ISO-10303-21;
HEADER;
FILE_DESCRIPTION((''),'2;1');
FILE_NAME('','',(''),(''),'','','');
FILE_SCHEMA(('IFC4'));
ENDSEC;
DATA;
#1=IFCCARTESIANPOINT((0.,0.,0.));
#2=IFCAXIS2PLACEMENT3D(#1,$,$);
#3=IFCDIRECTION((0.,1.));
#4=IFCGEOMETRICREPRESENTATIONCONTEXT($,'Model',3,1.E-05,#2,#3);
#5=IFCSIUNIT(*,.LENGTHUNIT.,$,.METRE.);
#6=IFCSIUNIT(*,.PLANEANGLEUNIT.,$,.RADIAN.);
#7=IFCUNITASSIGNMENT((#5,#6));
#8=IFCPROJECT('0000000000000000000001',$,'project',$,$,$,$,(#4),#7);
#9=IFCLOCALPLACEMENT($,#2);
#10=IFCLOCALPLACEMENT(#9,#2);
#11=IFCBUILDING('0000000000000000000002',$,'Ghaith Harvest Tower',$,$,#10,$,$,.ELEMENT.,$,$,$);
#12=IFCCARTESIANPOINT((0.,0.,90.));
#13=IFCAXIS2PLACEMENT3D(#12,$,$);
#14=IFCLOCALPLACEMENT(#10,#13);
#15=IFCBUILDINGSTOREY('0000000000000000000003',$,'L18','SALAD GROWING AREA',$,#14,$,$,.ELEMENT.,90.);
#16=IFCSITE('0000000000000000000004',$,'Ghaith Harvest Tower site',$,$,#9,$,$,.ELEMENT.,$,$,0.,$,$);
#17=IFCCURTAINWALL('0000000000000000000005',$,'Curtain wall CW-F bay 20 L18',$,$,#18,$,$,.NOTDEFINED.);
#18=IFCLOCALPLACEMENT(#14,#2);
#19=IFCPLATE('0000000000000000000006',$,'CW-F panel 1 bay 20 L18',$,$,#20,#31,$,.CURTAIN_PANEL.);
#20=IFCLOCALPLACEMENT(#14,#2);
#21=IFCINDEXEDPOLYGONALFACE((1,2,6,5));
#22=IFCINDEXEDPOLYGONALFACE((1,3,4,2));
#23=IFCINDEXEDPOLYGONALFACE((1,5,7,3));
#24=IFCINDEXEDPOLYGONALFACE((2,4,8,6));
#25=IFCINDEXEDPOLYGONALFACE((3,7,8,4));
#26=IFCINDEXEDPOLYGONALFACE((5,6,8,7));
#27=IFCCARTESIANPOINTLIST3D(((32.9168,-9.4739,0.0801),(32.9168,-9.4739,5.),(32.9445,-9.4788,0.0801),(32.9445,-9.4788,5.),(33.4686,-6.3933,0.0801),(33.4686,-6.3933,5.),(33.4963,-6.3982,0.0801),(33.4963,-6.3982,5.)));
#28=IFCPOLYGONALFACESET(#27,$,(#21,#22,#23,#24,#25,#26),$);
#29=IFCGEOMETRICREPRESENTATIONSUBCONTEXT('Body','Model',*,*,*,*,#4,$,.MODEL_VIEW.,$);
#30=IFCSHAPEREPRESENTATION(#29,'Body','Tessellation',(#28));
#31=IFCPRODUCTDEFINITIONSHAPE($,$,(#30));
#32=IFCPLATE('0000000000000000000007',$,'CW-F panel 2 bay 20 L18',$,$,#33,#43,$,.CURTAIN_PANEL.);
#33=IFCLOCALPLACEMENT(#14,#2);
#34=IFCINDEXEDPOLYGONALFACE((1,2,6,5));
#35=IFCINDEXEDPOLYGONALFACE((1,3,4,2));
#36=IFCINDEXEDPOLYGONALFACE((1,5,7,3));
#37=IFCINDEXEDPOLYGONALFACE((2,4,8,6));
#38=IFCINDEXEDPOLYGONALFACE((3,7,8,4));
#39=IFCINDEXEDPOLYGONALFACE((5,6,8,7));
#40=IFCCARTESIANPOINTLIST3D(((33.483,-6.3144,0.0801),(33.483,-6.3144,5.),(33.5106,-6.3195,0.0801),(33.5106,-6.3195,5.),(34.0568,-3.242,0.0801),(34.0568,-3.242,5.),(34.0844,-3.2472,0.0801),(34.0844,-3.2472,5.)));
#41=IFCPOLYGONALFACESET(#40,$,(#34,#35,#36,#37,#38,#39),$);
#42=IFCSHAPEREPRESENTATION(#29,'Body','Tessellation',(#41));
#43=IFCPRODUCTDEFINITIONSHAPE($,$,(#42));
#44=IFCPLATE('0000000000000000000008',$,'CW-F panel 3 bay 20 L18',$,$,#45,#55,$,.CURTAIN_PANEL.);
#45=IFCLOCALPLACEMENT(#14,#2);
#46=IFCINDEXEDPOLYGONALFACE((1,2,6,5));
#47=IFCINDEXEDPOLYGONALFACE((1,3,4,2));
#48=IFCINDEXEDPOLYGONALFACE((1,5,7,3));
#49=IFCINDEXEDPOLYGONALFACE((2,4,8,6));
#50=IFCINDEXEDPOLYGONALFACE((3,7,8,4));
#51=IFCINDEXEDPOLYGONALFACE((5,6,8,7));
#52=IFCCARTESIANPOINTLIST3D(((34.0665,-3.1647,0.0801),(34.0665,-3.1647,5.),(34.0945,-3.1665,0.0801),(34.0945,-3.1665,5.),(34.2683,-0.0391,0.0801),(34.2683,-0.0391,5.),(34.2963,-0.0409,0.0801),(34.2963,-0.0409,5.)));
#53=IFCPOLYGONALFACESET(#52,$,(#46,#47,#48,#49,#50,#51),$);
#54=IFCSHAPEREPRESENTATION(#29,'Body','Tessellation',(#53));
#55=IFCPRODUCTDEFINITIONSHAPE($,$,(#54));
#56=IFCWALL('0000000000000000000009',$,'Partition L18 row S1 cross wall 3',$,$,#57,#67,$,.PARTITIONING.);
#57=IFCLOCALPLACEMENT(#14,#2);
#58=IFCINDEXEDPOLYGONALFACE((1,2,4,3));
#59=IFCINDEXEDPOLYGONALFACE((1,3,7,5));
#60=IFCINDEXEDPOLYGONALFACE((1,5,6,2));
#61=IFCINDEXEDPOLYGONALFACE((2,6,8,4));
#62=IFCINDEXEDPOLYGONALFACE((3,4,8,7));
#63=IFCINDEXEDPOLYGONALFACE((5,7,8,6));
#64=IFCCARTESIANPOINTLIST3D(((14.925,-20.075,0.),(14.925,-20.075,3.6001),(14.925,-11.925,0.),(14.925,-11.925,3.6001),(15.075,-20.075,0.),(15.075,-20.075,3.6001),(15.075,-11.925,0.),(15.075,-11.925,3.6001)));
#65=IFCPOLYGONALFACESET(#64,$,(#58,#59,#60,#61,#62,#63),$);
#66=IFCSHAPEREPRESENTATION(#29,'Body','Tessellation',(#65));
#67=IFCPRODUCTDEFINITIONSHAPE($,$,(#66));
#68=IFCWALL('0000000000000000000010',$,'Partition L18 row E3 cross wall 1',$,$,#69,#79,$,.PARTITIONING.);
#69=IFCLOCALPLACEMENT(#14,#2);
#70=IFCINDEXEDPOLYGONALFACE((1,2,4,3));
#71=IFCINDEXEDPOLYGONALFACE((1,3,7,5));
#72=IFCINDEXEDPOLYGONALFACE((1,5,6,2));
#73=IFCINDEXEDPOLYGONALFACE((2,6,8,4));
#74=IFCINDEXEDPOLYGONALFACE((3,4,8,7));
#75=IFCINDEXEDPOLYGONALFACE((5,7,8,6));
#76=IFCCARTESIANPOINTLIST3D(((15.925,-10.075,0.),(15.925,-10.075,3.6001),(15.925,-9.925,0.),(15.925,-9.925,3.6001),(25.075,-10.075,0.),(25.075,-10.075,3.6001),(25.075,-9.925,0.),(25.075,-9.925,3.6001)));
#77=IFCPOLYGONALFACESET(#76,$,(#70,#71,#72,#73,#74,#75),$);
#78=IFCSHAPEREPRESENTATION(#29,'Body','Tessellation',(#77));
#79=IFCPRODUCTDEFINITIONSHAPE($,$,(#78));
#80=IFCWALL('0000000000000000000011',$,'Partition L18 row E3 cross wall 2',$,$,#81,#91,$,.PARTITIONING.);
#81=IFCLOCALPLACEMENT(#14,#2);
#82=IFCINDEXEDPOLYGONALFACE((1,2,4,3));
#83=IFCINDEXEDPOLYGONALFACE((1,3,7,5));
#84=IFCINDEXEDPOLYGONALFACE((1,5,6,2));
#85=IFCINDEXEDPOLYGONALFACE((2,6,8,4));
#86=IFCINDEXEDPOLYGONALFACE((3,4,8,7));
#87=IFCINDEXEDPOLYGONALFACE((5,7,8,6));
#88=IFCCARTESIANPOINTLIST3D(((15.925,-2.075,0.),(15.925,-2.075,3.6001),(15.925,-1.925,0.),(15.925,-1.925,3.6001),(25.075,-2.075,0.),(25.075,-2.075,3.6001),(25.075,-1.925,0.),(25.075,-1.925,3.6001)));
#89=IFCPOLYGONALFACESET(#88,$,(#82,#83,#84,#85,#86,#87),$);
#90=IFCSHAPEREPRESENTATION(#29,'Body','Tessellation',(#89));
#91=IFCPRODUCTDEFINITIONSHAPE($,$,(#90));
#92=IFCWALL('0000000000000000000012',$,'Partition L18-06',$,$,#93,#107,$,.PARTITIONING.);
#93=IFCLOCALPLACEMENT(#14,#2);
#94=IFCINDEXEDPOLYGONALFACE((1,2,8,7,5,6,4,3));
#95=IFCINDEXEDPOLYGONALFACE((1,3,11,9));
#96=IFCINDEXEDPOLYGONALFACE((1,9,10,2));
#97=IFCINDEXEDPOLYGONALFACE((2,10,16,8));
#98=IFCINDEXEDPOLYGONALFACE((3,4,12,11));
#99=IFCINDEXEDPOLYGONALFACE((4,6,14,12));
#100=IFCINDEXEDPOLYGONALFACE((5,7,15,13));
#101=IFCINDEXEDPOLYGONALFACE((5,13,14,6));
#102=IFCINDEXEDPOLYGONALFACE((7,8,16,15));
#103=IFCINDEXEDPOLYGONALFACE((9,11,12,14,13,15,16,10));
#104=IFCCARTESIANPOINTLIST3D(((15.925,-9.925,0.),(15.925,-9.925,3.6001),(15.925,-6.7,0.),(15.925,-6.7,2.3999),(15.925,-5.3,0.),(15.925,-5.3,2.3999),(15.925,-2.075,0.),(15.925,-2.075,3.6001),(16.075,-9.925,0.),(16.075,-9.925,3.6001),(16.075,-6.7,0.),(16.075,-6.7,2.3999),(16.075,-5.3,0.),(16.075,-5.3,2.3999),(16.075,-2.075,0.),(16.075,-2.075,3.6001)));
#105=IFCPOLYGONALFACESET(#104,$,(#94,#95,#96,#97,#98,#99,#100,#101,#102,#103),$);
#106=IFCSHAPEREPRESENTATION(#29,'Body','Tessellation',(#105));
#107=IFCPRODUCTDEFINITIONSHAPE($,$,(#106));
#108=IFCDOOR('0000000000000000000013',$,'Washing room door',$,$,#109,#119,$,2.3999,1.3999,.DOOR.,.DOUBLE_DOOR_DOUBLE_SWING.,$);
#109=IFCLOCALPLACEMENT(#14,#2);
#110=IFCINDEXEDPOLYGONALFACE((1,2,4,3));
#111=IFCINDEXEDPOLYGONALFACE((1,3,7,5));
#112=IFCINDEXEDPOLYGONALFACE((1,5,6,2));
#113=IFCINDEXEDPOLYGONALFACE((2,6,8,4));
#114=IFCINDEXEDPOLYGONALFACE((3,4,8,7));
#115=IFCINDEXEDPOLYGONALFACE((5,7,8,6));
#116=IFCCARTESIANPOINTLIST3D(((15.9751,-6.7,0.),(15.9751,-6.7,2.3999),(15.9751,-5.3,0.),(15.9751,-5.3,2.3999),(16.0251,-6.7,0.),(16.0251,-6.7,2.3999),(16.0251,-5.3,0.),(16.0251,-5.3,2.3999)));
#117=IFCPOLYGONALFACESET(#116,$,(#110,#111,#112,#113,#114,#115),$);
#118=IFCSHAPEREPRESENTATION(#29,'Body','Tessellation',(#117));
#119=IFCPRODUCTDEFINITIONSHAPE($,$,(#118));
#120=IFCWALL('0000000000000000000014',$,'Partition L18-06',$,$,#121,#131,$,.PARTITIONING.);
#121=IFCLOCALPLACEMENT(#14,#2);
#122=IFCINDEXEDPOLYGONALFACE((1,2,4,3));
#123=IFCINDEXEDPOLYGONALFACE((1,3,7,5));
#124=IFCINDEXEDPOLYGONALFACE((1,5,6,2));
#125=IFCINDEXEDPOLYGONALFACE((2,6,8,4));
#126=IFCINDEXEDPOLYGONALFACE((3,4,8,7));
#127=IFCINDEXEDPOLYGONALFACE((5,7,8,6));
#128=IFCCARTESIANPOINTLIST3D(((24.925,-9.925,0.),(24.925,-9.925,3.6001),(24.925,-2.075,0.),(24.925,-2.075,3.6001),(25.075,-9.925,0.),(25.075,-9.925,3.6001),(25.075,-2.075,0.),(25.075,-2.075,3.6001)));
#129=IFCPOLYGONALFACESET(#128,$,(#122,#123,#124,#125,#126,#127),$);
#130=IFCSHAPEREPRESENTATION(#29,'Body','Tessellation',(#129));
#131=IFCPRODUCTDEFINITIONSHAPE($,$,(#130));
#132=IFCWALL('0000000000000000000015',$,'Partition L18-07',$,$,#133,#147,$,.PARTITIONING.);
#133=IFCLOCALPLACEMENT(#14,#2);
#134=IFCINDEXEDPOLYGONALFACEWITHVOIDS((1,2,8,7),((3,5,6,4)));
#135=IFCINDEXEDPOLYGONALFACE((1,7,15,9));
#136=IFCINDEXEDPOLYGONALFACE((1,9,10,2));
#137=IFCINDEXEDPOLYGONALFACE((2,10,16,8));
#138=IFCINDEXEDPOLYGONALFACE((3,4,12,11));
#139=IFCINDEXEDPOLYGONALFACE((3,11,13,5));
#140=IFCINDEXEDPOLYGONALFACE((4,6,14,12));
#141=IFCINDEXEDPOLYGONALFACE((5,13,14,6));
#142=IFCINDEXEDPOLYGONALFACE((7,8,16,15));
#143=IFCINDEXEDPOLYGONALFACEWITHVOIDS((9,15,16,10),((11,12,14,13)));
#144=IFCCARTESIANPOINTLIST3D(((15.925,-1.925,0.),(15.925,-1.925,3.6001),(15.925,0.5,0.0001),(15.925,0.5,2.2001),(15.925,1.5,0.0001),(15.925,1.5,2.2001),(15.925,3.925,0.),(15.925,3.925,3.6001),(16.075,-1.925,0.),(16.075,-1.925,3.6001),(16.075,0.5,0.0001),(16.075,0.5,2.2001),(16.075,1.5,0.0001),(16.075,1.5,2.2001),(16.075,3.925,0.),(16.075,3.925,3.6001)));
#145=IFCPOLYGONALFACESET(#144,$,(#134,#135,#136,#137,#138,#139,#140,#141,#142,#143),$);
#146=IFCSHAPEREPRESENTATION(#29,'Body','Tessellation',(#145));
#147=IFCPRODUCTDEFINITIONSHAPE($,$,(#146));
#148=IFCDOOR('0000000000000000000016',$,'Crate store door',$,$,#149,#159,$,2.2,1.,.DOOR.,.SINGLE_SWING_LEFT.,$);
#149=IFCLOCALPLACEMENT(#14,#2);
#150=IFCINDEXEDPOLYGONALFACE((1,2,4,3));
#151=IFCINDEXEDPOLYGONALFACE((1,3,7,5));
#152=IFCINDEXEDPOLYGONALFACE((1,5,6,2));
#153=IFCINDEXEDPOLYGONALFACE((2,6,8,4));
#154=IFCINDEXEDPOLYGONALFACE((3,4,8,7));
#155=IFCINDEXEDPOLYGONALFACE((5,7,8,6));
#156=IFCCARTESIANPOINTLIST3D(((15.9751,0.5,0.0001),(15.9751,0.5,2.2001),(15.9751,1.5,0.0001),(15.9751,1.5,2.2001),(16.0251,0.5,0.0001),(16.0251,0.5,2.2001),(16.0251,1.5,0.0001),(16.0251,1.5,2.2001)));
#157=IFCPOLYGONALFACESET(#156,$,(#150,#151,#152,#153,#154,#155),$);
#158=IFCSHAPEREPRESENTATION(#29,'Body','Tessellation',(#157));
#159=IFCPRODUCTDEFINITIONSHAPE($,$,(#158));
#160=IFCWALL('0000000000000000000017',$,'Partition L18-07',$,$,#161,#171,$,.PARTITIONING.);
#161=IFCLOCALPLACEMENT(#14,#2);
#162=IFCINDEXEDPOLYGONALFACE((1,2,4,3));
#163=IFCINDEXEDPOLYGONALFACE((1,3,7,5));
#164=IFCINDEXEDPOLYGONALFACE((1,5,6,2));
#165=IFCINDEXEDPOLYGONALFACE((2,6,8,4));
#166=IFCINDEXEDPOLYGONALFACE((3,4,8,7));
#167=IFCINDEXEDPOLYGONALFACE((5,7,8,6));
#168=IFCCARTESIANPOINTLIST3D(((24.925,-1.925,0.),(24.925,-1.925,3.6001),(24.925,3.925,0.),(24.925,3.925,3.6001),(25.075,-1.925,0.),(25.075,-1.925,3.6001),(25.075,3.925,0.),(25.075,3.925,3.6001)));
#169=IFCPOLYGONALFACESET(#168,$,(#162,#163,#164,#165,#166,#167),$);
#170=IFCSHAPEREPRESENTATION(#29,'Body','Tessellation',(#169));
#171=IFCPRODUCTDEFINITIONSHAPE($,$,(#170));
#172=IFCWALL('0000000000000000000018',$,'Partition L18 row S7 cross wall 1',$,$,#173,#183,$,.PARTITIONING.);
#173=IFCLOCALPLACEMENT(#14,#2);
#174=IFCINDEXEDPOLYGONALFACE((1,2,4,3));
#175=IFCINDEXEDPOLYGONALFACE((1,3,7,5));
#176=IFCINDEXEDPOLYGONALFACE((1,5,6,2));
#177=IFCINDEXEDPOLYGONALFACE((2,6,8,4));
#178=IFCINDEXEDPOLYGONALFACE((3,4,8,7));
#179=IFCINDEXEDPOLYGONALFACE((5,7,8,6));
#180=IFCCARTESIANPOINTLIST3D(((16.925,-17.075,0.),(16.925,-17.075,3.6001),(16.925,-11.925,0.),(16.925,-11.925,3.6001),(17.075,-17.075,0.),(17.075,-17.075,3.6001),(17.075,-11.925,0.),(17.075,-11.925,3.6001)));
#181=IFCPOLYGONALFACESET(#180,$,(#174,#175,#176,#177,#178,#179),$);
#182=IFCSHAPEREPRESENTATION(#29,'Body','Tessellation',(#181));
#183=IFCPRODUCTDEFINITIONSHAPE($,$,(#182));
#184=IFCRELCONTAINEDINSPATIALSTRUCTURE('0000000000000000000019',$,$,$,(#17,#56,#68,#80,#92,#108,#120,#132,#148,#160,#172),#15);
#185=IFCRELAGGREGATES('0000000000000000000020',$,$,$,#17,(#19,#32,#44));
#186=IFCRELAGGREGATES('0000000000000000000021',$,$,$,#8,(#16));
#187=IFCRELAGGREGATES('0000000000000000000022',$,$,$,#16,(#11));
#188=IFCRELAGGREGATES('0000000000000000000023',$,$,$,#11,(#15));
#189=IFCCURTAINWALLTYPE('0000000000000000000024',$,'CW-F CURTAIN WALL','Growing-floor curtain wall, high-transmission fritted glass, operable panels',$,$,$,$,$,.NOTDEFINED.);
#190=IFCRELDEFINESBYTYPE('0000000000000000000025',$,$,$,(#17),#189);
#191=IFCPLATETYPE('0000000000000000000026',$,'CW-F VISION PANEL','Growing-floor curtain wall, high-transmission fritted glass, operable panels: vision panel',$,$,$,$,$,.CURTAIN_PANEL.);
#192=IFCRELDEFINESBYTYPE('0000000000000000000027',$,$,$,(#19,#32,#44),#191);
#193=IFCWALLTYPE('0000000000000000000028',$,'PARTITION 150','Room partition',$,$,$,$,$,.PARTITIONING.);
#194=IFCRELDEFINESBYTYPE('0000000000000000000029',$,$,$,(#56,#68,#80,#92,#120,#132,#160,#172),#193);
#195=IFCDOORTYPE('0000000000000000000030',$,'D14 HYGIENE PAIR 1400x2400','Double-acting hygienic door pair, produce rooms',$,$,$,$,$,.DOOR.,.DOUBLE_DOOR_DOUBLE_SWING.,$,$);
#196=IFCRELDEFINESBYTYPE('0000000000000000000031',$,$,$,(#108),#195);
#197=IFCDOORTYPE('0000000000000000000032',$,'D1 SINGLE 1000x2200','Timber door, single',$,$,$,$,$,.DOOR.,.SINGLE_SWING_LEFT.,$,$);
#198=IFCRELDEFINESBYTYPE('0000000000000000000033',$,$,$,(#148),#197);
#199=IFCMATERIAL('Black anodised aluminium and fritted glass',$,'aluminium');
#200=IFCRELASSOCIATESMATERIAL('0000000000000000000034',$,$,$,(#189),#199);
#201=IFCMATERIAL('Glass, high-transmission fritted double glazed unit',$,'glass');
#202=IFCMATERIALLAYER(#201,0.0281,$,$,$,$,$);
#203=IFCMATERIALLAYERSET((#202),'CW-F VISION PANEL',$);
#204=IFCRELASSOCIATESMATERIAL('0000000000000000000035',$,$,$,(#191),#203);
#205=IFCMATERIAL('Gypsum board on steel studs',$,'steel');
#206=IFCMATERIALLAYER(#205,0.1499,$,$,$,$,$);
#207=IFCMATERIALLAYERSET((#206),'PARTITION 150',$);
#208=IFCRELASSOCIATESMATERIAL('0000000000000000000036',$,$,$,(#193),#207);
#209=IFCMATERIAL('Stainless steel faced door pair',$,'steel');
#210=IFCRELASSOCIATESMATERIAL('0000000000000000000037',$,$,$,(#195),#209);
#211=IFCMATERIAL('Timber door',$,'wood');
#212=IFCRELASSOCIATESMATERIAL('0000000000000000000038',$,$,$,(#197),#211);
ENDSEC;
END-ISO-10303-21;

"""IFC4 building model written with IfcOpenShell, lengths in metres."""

from ifc_helpers import new_model, si_unit, direction, frame, frame_2d, origin, origin_2d, place, context, subcontext, project, spatial, rectangle, extrude, material, layer, layer_set, type_object, element, fill, aggregate, save


model = new_model("IFC4")

# Units and contexts
model_context = context("Model", 3, precision=1e-05, world=origin(), true_north=direction((0.0, 1.0)))
body_context = subcontext(model_context, "Body", "Model", "MODEL_VIEW")
ifc_project = project(units=[si_unit("LENGTHUNIT", "METRE"), si_unit("PLANEANGLEUNIT", "RADIAN")], contexts=[model_context])

# Site, building, storey
site_placement = place(None, origin())
site = spatial("IfcSite", under=ifc_project, at=site_placement, Name="Ghaith Harvest Tower site", CompositionType="ELEMENT", RefElevation=0.0)
building_placement = place(site_placement, origin())
building = spatial("IfcBuilding", under=site, at=building_placement, Name="Ghaith Harvest Tower", CompositionType="ELEMENT")
storey_placement = place(building_placement, frame((0.0, 0.0, 90.0)))
storey = spatial("IfcBuildingStorey", under=building, at=storey_placement, Name="L18", Description="SALAD GROWING AREA", CompositionType="ELEMENT", Elevation=90.0)

# Shared definitions
ifc_material_1 = material(Name="Black anodised aluminium and fritted glass", Category="aluminium")
curtain_wall_type = type_object("IfcCurtainWallType", Name="CW-F CURTAIN WALL", Description="Growing-floor curtain wall, high-transmission fritted glass, operable panels", PredefinedType="NOTDEFINED", material=ifc_material_1)

# Curtain wall
curtain_wall_1_placement = place(storey_placement, origin())
curtain_wall_1 = element("IfcCurtainWall", 1, at=curtain_wall_1_placement, inside=storey, type_object=curtain_wall_type, Name="Curtain wall CW-F bay 20 L18", PredefinedType="NOTDEFINED")

# Plates
ifc_material_2 = material(Name="Glass, high-transmission fritted double glazed unit", Category="glass")
ifc_layer_1 = layer(ifc_material_2, 0.0281)
ifc_layer_set_1 = layer_set([ifc_layer_1], Name="CW-F VISION PANEL")
plate_type = type_object("IfcPlateType", Name="CW-F VISION PANEL", Description="Growing-floor curtain wall, high-transmission fritted glass, operable panels: vision panel", PredefinedType="CURTAIN_PANEL", material=ifc_layer_set_1)
plate_1_placement = place(storey_placement, frame((33.2065, -7.936, 0.0801), z_axis=(0.0, 0.0, 1.0), x_axis=(0.17632, 0.984333, 0.0)))
plate_1 = element("IfcPlate", 2, at=plate_1_placement, type_object=plate_type, Name="CW-F panel 1 bay 20 L18", PredefinedType="CURTAIN_PANEL", context=body_context, shape_type="SweptSolid", body=[
    extrude(rectangle(XDim=3.1296, YDim=0.0281, at=origin_2d()), origin(), (0.0, 0.0, 1.0), 4.9199),
])
plate_2_placement = place(storey_placement, frame((33.7837, -4.7808, 0.0801), z_axis=(0.0, 0.0, 1.0), x_axis=(0.183569, 0.983007, 0.0)))
plate_2 = element("IfcPlate", 3, at=plate_2_placement, type_object=plate_type, Name="CW-F panel 2 bay 20 L18", PredefinedType="CURTAIN_PANEL", context=body_context, shape_type="SweptSolid", body=[
    extrude(rectangle(XDim=3.1255, YDim=0.0281, at=origin_2d()), origin(), (0.0, 0.0, 1.0), 4.9199),
])
plate_3_placement = place(storey_placement, frame((34.1814, -1.6028, 0.0801), z_axis=(0.0, 0.0, 1.0), x_axis=(0.064446, 0.997921, 0.0)))
plate_3 = element("IfcPlate", 4, at=plate_3_placement, type_object=plate_type, Name="CW-F panel 3 bay 20 L18", PredefinedType="CURTAIN_PANEL", context=body_context, shape_type="SweptSolid", body=[
    extrude(rectangle(XDim=3.1321, YDim=0.0281, at=origin_2d()), origin(), (0.0, 0.0, 1.0), 4.9199),
])
aggregate(curtain_wall_1, [plate_1, plate_2, plate_3])

# Walls
ifc_material_3 = material(Name="Gypsum board on steel studs", Category="steel")
ifc_layer_2 = layer(ifc_material_3, 0.1499)
ifc_layer_set_2 = layer_set([ifc_layer_2], Name="PARTITION 150")
wall_type = type_object("IfcWallType", Name="PARTITION 150", Description="Room partition", PredefinedType="PARTITIONING", material=ifc_layer_set_2)
wall_1_placement = place(storey_placement, frame((15.0, -11.925, 0.0), z_axis=(0.0, 0.0, 1.0), x_axis=(0.0, -1.0, 0.0)))
element("IfcWall", 5, at=wall_1_placement, inside=storey, type_object=wall_type, Name="Partition L18 row S1 cross wall 3", PredefinedType="PARTITIONING", context=body_context, shape_type="SweptSolid", body=[
    extrude(rectangle(XDim=8.1499, YDim=0.1499, at=frame_2d((4.075, 0.0))), origin(), (0.0, 0.0, 1.0), 3.6001),
])
for number, where, z_axis, x_axis, name in (
    (6, (15.925, -10.0, 0.0), (0.0, 0.0, 1.0), (1.0, 0.0, 0.0), "Partition L18 row E3 cross wall 1"),
    (7, (15.925, -2.0, 0.0), (0.0, 0.0, 1.0), (1.0, 0.0, 0.0), "Partition L18 row E3 cross wall 2"),
):
    element("IfcWall", number, at=place(storey_placement, frame(where, z_axis=z_axis, x_axis=x_axis)), inside=storey, type_object=wall_type, Name=name, PredefinedType="PARTITIONING", context=body_context, shape_type="SweptSolid", body=[
        extrude(rectangle(XDim=9.1499, YDim=0.1499, at=frame_2d((4.575, 0.0))), origin(), (0.0, 0.0, 1.0), 3.6001),
    ])

# Wall, opening, door
wall_2_placement = place(storey_placement, frame((16.0, -9.925, 0.0), z_axis=(0.0, 0.0, 1.0), x_axis=(0.0, 1.0, 0.0)))
wall_2 = element("IfcWall", 8, at=wall_2_placement, inside=storey, type_object=wall_type, Name="Partition L18-06", PredefinedType="PARTITIONING", context=body_context, shape_type="SweptSolid", body=[
    extrude(rectangle(XDim=7.8501, YDim=0.1499, at=frame_2d((3.925, 0.0))), origin(), (0.0, 0.0, 1.0), 3.6001),
])
opening_1_placement = place(wall_2_placement, frame((3.2251, 0.0, 0.0)))
opening_1 = element("IfcOpeningElement", 9, at=opening_1_placement, cuts=wall_2, PredefinedType="OPENING", context=body_context, shape_type="SweptSolid", body=[
    extrude(rectangle(XDim=1.3999, YDim=2.3999, at=frame_2d((0.7, 1.2))), frame((0.0, 0.085, 0.0), z_axis=(0.0, -1.0, 0.0), x_axis=(1.0, 0.0, 0.0)), (0.0, 0.0, 1.0), 0.1699),
])
ifc_material_4 = material(Name="Stainless steel faced door pair", Category="steel")
door_type_1 = type_object("IfcDoorType", Name="D14 HYGIENE PAIR 1400x2400", Description="Double-acting hygienic door pair, produce rooms", OperationType="DOUBLE_DOOR_DOUBLE_SWING", PredefinedType="DOOR", material=ifc_material_4)
door_1_placement = place(opening_1_placement, origin())
door_1 = element("IfcDoor", 10, at=door_1_placement, inside=storey, type_object=door_type_1, Name="Washing room door", OperationType="DOUBLE_DOOR_DOUBLE_SWING", OverallHeight=2.3999, OverallWidth=1.3999, PredefinedType="DOOR", context=body_context, shape_type="SweptSolid", body=[
    extrude(rectangle(XDim=1.3999, YDim=2.3999, at=frame_2d((0.7, 1.2))), frame((0.0, 0.0249, 0.0), z_axis=(0.0, -1.0, 0.0), x_axis=(1.0, 0.0, 0.0)), (0.0, 0.0, 1.0), 0.05),
])
fill(opening_1, door_1)

# Wall
wall_3_placement = place(storey_placement, frame((25.0, -9.925, 0.0), z_axis=(0.0, 0.0, 1.0), x_axis=(0.0, 1.0, 0.0)))
element("IfcWall", 11, at=wall_3_placement, inside=storey, type_object=wall_type, Name="Partition L18-06", PredefinedType="PARTITIONING", context=body_context, shape_type="SweptSolid", body=[
    extrude(rectangle(XDim=7.8501, YDim=0.1499, at=frame_2d((3.925, 0.0))), origin(), (0.0, 0.0, 1.0), 3.6001),
])

# Wall, opening, door
wall_4_placement = place(storey_placement, frame((16.0, -1.925, 0.0), z_axis=(0.0, 0.0, 1.0), x_axis=(0.0, 1.0, 0.0)))
wall_4 = element("IfcWall", 12, at=wall_4_placement, inside=storey, type_object=wall_type, Name="Partition L18-07", PredefinedType="PARTITIONING", context=body_context, shape_type="SweptSolid", body=[
    extrude(rectangle(XDim=5.8501, YDim=0.1499, at=frame_2d((2.925, 0.0))), origin(), (0.0, 0.0, 1.0), 3.6001),
])
opening_2_placement = place(wall_4_placement, frame((2.425, 0.0, 0.0)))
opening_2 = element("IfcOpeningElement", 13, at=opening_2_placement, cuts=wall_4, PredefinedType="OPENING", context=body_context, shape_type="SweptSolid", body=[
    extrude(rectangle(XDim=1.0, YDim=2.2, at=frame_2d((0.5, 1.1001))), frame((0.0, 0.085, 0.0), z_axis=(0.0, -1.0, 0.0), x_axis=(1.0, 0.0, 0.0)), (0.0, 0.0, 1.0), 0.1699),
])
ifc_material_5 = material(Name="Timber door", Category="wood")
door_type_2 = type_object("IfcDoorType", Name="D1 SINGLE 1000x2200", Description="Timber door, single", OperationType="SINGLE_SWING_LEFT", PredefinedType="DOOR", material=ifc_material_5)
door_2_placement = place(opening_2_placement, origin())
door_2 = element("IfcDoor", 14, at=door_2_placement, inside=storey, type_object=door_type_2, Name="Crate store door", OperationType="SINGLE_SWING_LEFT", OverallHeight=2.2, OverallWidth=1.0, PredefinedType="DOOR", context=body_context, shape_type="SweptSolid", body=[
    extrude(rectangle(XDim=1.0, YDim=2.2, at=frame_2d((0.5, 1.1001))), frame((0.0, 0.0249, 0.0), z_axis=(0.0, -1.0, 0.0), x_axis=(1.0, 0.0, 0.0)), (0.0, 0.0, 1.0), 0.05),
])
fill(opening_2, door_2)

# Walls
wall_5_placement = place(storey_placement, frame((25.0, -1.925, 0.0), z_axis=(0.0, 0.0, 1.0), x_axis=(0.0, 1.0, 0.0)))
element("IfcWall", 15, at=wall_5_placement, inside=storey, type_object=wall_type, Name="Partition L18-07", PredefinedType="PARTITIONING", context=body_context, shape_type="SweptSolid", body=[
    extrude(rectangle(XDim=5.8501, YDim=0.1499, at=frame_2d((2.925, 0.0))), origin(), (0.0, 0.0, 1.0), 3.6001),
])
for number, where, z_axis, x_axis, name in (
    (16, (17.0, -11.925, 0.0), (0.0, 0.0, 1.0), (0.0, -1.0, 0.0), "Partition L18 row S7 cross wall 1"),
):
    element("IfcWall", number, at=place(storey_placement, frame(where, z_axis=z_axis, x_axis=x_axis)), inside=storey, type_object=wall_type, Name=name, PredefinedType="PARTITIONING", context=body_context, shape_type="SweptSolid", body=[
        extrude(rectangle(XDim=5.1499, YDim=0.1499, at=frame_2d((2.575, 0.0))), origin(), (0.0, 0.0, 1.0), 3.6001),
    ])

save(model, "model.ifc")
